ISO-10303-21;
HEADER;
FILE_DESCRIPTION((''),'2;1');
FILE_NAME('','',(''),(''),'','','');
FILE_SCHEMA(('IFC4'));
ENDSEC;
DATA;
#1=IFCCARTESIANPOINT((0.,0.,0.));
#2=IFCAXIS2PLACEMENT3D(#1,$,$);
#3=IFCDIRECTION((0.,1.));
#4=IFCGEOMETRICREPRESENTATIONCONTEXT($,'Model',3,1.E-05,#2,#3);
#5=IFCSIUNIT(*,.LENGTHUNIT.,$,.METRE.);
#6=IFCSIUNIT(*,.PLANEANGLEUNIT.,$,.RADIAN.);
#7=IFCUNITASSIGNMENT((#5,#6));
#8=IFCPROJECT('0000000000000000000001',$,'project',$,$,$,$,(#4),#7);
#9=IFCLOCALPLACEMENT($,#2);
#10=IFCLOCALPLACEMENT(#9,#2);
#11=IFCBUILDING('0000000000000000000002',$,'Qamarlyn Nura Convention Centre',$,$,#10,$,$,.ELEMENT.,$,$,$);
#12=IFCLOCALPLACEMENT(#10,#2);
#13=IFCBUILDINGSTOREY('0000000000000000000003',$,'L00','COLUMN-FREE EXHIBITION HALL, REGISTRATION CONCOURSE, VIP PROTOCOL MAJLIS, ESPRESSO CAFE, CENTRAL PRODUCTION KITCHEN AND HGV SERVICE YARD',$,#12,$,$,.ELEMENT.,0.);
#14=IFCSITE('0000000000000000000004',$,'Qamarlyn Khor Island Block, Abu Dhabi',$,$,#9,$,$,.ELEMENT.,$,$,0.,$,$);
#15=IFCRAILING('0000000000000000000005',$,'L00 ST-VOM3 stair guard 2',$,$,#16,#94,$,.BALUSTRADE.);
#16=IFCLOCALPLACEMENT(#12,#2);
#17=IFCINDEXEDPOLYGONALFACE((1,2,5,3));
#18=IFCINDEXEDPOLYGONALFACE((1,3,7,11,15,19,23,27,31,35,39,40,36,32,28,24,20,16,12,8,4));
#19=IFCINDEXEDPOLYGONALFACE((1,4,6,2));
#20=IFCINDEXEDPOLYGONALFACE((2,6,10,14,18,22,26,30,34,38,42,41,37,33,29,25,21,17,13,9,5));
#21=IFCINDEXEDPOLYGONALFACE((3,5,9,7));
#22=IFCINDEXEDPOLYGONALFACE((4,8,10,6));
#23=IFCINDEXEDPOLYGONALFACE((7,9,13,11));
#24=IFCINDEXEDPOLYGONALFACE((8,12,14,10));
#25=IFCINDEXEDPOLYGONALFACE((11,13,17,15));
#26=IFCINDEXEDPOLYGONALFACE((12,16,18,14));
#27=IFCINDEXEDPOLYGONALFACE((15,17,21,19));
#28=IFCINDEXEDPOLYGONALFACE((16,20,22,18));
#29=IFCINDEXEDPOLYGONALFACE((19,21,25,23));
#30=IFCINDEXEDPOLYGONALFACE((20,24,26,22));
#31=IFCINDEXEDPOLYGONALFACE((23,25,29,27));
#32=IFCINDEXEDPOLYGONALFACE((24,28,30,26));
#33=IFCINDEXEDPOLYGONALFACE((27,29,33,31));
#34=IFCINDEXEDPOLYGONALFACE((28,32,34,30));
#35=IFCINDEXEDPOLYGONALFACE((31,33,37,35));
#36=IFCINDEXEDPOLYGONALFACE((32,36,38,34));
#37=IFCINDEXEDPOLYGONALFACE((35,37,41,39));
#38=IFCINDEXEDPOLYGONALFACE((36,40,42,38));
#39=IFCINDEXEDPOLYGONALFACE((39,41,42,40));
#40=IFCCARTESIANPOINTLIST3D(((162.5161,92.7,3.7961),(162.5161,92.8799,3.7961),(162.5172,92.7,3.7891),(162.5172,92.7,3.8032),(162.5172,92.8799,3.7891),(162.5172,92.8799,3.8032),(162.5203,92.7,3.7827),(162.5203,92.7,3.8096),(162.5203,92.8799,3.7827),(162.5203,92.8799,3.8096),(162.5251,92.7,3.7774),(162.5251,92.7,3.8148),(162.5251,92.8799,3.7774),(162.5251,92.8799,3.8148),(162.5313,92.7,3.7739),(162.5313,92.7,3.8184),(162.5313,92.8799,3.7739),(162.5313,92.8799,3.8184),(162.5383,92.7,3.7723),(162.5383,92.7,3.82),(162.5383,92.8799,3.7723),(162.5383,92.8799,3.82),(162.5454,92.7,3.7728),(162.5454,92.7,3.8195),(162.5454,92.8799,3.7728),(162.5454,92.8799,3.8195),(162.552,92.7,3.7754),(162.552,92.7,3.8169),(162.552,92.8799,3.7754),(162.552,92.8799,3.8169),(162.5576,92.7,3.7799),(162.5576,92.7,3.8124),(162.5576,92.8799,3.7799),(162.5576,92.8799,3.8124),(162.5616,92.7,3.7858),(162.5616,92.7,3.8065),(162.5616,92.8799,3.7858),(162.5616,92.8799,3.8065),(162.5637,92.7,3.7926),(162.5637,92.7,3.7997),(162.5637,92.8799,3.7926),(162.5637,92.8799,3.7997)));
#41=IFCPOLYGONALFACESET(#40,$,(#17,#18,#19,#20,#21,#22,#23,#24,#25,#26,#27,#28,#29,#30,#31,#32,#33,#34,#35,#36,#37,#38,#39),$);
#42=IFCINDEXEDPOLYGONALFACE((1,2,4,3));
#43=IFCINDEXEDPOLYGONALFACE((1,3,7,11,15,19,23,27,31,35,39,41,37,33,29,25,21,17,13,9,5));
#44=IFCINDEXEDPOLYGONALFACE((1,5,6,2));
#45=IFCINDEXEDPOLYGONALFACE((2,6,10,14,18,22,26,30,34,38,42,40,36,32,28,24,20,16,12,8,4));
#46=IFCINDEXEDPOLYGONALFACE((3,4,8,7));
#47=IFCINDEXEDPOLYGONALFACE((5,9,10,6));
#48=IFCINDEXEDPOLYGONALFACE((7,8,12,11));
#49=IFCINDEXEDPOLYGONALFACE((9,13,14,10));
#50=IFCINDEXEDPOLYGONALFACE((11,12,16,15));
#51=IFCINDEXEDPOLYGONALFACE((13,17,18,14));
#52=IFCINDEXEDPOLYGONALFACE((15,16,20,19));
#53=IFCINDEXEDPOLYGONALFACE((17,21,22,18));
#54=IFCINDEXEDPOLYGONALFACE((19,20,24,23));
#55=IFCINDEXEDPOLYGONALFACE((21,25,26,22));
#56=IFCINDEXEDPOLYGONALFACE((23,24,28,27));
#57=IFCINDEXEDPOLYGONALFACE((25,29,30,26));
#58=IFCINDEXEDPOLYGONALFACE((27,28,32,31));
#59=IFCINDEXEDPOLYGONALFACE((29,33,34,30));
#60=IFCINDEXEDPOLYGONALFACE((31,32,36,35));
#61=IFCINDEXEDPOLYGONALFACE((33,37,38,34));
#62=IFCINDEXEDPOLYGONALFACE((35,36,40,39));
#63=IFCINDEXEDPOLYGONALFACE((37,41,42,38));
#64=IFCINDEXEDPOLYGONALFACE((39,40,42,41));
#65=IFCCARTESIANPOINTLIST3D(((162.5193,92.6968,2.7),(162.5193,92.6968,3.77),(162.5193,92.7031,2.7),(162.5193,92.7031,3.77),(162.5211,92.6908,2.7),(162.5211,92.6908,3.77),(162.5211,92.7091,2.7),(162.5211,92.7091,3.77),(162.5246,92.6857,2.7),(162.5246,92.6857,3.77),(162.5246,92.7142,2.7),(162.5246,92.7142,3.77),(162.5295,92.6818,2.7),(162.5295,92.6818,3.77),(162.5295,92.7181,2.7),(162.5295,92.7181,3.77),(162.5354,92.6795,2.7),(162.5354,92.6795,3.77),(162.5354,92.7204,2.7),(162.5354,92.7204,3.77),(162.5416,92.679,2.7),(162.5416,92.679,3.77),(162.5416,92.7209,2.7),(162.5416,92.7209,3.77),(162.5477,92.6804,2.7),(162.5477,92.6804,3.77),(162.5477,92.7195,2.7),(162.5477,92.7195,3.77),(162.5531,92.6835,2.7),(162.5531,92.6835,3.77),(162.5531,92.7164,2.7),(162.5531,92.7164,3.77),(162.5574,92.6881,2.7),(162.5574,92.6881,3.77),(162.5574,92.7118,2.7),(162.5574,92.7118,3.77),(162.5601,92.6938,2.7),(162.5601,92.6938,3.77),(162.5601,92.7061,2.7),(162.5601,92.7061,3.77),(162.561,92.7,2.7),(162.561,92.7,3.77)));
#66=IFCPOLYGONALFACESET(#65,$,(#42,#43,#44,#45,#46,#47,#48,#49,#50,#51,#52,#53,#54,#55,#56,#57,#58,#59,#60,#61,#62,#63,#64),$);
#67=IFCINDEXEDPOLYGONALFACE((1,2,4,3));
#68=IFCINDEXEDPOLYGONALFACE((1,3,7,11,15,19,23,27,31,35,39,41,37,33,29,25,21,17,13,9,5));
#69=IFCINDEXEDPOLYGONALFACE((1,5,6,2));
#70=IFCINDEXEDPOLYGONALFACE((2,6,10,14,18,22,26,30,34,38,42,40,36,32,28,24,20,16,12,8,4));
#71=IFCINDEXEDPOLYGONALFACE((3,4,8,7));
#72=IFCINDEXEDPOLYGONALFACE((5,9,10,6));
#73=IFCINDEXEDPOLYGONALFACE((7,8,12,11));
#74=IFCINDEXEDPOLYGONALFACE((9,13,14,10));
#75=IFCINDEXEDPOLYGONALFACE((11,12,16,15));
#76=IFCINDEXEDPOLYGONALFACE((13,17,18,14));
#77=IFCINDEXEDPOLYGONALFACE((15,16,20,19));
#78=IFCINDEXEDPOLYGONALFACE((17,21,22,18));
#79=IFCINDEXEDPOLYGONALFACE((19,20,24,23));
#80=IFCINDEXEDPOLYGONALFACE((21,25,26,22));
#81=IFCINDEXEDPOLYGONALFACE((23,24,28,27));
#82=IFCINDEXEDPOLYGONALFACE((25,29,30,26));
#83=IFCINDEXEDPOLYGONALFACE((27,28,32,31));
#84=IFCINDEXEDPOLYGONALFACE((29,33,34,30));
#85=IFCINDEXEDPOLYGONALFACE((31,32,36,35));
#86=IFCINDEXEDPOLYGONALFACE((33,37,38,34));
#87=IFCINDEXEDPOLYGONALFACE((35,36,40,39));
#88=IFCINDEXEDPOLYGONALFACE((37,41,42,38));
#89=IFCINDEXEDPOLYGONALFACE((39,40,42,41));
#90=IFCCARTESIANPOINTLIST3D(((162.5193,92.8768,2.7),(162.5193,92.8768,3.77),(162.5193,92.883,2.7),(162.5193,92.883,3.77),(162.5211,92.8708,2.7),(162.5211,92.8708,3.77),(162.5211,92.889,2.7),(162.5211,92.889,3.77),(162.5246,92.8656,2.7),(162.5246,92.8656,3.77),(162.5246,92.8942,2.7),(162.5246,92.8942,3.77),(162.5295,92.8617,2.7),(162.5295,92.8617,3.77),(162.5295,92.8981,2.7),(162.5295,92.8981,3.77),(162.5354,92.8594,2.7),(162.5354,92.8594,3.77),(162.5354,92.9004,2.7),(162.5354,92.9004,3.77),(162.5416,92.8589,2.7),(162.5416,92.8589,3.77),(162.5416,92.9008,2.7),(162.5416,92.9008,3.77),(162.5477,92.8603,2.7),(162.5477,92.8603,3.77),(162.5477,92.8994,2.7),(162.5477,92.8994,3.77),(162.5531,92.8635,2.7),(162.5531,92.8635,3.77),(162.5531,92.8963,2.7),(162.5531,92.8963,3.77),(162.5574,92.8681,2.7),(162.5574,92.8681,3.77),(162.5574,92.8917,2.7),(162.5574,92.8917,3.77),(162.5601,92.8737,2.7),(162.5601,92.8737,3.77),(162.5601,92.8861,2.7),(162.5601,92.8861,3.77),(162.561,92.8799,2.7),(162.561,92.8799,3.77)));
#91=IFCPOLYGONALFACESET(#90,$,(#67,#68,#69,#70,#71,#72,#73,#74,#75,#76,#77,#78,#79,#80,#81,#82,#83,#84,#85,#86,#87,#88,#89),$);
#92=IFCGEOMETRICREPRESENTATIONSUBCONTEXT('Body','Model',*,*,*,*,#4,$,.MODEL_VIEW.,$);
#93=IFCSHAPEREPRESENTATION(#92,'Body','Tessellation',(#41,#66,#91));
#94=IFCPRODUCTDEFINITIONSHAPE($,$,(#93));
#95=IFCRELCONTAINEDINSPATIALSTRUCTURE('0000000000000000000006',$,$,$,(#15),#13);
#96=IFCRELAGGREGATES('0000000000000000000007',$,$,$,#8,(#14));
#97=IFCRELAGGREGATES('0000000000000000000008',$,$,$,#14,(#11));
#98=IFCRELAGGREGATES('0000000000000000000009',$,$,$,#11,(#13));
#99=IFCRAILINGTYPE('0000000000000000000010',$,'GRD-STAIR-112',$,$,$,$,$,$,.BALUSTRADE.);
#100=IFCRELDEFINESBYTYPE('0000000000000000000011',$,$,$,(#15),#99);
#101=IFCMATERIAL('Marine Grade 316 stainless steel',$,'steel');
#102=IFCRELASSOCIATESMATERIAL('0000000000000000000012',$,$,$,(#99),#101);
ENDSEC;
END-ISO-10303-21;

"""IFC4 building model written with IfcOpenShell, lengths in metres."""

from ifc_helpers import new_model, si_unit, direction, frame, origin, origin_2d, place, context, subcontext, project, spatial, circle, extrude, material, type_object, element, save


model = new_model("IFC4")

# Units and contexts
model_context = context("Model", 3, precision=1e-05, world=origin(), true_north=direction((0.0, 1.0)))
body_context = subcontext(model_context, "Body", "Model", "MODEL_VIEW")
ifc_project = project(units=[si_unit("LENGTHUNIT", "METRE"), si_unit("PLANEANGLEUNIT", "RADIAN")], contexts=[model_context])

# Site, building, storey
site_placement = place(None, origin())
site = spatial("IfcSite", under=ifc_project, at=site_placement, Name="Qamarlyn Khor Island Block, Abu Dhabi", CompositionType="ELEMENT", RefElevation=0.0)
building_placement = place(site_placement, origin())
building = spatial("IfcBuilding", under=site, at=building_placement, Name="Qamarlyn Nura Convention Centre", CompositionType="ELEMENT")
storey_placement = place(building_placement, origin())
storey = spatial("IfcBuildingStorey", under=building, at=storey_placement, Name="L00", Description="COLUMN-FREE EXHIBITION HALL, REGISTRATION CONCOURSE, VIP PROTOCOL MAJLIS, ESPRESSO CAFE, CENTRAL PRODUCTION KITCHEN AND HGV SERVICE YARD", CompositionType="ELEMENT", Elevation=0.0)

# Railing
ifc_material_1 = material(Name="Marine Grade 316 stainless steel", Category="steel")
railing_type_1 = type_object("IfcRailingType", Name="GRD-STAIR-112", PredefinedType="BALUSTRADE", material=ifc_material_1)
railing_1_placement = place(storey_placement, frame((162.54, 92.7, 2.7)))
element("IfcRailing", 1, at=railing_1_placement, inside=storey, type_object=railing_type_1, Name="L00 ST-VOM3 stair guard 2", PredefinedType="BALUSTRADE", context=body_context, shape_type="SweptSolid", body=[
    extrude(circle(Radius=0.0239, at=origin_2d()), frame((0.0, 0.0, 1.0962), z_axis=(0.0, 1.0, 0.0), x_axis=(-1.0, 0.0, 0.0)), (0.0, 0.0, 1.0), 0.1799),
    extrude(circle(Radius=0.021, at=origin_2d()), origin(), (0.0, 0.0, 1.0), 1.0701),
    extrude(circle(Radius=0.021, at=origin_2d()), frame((0.0, 0.1799, 0.0)), (0.0, 0.0, 1.0), 1.0701),
])

save(model, "model.ifc")
